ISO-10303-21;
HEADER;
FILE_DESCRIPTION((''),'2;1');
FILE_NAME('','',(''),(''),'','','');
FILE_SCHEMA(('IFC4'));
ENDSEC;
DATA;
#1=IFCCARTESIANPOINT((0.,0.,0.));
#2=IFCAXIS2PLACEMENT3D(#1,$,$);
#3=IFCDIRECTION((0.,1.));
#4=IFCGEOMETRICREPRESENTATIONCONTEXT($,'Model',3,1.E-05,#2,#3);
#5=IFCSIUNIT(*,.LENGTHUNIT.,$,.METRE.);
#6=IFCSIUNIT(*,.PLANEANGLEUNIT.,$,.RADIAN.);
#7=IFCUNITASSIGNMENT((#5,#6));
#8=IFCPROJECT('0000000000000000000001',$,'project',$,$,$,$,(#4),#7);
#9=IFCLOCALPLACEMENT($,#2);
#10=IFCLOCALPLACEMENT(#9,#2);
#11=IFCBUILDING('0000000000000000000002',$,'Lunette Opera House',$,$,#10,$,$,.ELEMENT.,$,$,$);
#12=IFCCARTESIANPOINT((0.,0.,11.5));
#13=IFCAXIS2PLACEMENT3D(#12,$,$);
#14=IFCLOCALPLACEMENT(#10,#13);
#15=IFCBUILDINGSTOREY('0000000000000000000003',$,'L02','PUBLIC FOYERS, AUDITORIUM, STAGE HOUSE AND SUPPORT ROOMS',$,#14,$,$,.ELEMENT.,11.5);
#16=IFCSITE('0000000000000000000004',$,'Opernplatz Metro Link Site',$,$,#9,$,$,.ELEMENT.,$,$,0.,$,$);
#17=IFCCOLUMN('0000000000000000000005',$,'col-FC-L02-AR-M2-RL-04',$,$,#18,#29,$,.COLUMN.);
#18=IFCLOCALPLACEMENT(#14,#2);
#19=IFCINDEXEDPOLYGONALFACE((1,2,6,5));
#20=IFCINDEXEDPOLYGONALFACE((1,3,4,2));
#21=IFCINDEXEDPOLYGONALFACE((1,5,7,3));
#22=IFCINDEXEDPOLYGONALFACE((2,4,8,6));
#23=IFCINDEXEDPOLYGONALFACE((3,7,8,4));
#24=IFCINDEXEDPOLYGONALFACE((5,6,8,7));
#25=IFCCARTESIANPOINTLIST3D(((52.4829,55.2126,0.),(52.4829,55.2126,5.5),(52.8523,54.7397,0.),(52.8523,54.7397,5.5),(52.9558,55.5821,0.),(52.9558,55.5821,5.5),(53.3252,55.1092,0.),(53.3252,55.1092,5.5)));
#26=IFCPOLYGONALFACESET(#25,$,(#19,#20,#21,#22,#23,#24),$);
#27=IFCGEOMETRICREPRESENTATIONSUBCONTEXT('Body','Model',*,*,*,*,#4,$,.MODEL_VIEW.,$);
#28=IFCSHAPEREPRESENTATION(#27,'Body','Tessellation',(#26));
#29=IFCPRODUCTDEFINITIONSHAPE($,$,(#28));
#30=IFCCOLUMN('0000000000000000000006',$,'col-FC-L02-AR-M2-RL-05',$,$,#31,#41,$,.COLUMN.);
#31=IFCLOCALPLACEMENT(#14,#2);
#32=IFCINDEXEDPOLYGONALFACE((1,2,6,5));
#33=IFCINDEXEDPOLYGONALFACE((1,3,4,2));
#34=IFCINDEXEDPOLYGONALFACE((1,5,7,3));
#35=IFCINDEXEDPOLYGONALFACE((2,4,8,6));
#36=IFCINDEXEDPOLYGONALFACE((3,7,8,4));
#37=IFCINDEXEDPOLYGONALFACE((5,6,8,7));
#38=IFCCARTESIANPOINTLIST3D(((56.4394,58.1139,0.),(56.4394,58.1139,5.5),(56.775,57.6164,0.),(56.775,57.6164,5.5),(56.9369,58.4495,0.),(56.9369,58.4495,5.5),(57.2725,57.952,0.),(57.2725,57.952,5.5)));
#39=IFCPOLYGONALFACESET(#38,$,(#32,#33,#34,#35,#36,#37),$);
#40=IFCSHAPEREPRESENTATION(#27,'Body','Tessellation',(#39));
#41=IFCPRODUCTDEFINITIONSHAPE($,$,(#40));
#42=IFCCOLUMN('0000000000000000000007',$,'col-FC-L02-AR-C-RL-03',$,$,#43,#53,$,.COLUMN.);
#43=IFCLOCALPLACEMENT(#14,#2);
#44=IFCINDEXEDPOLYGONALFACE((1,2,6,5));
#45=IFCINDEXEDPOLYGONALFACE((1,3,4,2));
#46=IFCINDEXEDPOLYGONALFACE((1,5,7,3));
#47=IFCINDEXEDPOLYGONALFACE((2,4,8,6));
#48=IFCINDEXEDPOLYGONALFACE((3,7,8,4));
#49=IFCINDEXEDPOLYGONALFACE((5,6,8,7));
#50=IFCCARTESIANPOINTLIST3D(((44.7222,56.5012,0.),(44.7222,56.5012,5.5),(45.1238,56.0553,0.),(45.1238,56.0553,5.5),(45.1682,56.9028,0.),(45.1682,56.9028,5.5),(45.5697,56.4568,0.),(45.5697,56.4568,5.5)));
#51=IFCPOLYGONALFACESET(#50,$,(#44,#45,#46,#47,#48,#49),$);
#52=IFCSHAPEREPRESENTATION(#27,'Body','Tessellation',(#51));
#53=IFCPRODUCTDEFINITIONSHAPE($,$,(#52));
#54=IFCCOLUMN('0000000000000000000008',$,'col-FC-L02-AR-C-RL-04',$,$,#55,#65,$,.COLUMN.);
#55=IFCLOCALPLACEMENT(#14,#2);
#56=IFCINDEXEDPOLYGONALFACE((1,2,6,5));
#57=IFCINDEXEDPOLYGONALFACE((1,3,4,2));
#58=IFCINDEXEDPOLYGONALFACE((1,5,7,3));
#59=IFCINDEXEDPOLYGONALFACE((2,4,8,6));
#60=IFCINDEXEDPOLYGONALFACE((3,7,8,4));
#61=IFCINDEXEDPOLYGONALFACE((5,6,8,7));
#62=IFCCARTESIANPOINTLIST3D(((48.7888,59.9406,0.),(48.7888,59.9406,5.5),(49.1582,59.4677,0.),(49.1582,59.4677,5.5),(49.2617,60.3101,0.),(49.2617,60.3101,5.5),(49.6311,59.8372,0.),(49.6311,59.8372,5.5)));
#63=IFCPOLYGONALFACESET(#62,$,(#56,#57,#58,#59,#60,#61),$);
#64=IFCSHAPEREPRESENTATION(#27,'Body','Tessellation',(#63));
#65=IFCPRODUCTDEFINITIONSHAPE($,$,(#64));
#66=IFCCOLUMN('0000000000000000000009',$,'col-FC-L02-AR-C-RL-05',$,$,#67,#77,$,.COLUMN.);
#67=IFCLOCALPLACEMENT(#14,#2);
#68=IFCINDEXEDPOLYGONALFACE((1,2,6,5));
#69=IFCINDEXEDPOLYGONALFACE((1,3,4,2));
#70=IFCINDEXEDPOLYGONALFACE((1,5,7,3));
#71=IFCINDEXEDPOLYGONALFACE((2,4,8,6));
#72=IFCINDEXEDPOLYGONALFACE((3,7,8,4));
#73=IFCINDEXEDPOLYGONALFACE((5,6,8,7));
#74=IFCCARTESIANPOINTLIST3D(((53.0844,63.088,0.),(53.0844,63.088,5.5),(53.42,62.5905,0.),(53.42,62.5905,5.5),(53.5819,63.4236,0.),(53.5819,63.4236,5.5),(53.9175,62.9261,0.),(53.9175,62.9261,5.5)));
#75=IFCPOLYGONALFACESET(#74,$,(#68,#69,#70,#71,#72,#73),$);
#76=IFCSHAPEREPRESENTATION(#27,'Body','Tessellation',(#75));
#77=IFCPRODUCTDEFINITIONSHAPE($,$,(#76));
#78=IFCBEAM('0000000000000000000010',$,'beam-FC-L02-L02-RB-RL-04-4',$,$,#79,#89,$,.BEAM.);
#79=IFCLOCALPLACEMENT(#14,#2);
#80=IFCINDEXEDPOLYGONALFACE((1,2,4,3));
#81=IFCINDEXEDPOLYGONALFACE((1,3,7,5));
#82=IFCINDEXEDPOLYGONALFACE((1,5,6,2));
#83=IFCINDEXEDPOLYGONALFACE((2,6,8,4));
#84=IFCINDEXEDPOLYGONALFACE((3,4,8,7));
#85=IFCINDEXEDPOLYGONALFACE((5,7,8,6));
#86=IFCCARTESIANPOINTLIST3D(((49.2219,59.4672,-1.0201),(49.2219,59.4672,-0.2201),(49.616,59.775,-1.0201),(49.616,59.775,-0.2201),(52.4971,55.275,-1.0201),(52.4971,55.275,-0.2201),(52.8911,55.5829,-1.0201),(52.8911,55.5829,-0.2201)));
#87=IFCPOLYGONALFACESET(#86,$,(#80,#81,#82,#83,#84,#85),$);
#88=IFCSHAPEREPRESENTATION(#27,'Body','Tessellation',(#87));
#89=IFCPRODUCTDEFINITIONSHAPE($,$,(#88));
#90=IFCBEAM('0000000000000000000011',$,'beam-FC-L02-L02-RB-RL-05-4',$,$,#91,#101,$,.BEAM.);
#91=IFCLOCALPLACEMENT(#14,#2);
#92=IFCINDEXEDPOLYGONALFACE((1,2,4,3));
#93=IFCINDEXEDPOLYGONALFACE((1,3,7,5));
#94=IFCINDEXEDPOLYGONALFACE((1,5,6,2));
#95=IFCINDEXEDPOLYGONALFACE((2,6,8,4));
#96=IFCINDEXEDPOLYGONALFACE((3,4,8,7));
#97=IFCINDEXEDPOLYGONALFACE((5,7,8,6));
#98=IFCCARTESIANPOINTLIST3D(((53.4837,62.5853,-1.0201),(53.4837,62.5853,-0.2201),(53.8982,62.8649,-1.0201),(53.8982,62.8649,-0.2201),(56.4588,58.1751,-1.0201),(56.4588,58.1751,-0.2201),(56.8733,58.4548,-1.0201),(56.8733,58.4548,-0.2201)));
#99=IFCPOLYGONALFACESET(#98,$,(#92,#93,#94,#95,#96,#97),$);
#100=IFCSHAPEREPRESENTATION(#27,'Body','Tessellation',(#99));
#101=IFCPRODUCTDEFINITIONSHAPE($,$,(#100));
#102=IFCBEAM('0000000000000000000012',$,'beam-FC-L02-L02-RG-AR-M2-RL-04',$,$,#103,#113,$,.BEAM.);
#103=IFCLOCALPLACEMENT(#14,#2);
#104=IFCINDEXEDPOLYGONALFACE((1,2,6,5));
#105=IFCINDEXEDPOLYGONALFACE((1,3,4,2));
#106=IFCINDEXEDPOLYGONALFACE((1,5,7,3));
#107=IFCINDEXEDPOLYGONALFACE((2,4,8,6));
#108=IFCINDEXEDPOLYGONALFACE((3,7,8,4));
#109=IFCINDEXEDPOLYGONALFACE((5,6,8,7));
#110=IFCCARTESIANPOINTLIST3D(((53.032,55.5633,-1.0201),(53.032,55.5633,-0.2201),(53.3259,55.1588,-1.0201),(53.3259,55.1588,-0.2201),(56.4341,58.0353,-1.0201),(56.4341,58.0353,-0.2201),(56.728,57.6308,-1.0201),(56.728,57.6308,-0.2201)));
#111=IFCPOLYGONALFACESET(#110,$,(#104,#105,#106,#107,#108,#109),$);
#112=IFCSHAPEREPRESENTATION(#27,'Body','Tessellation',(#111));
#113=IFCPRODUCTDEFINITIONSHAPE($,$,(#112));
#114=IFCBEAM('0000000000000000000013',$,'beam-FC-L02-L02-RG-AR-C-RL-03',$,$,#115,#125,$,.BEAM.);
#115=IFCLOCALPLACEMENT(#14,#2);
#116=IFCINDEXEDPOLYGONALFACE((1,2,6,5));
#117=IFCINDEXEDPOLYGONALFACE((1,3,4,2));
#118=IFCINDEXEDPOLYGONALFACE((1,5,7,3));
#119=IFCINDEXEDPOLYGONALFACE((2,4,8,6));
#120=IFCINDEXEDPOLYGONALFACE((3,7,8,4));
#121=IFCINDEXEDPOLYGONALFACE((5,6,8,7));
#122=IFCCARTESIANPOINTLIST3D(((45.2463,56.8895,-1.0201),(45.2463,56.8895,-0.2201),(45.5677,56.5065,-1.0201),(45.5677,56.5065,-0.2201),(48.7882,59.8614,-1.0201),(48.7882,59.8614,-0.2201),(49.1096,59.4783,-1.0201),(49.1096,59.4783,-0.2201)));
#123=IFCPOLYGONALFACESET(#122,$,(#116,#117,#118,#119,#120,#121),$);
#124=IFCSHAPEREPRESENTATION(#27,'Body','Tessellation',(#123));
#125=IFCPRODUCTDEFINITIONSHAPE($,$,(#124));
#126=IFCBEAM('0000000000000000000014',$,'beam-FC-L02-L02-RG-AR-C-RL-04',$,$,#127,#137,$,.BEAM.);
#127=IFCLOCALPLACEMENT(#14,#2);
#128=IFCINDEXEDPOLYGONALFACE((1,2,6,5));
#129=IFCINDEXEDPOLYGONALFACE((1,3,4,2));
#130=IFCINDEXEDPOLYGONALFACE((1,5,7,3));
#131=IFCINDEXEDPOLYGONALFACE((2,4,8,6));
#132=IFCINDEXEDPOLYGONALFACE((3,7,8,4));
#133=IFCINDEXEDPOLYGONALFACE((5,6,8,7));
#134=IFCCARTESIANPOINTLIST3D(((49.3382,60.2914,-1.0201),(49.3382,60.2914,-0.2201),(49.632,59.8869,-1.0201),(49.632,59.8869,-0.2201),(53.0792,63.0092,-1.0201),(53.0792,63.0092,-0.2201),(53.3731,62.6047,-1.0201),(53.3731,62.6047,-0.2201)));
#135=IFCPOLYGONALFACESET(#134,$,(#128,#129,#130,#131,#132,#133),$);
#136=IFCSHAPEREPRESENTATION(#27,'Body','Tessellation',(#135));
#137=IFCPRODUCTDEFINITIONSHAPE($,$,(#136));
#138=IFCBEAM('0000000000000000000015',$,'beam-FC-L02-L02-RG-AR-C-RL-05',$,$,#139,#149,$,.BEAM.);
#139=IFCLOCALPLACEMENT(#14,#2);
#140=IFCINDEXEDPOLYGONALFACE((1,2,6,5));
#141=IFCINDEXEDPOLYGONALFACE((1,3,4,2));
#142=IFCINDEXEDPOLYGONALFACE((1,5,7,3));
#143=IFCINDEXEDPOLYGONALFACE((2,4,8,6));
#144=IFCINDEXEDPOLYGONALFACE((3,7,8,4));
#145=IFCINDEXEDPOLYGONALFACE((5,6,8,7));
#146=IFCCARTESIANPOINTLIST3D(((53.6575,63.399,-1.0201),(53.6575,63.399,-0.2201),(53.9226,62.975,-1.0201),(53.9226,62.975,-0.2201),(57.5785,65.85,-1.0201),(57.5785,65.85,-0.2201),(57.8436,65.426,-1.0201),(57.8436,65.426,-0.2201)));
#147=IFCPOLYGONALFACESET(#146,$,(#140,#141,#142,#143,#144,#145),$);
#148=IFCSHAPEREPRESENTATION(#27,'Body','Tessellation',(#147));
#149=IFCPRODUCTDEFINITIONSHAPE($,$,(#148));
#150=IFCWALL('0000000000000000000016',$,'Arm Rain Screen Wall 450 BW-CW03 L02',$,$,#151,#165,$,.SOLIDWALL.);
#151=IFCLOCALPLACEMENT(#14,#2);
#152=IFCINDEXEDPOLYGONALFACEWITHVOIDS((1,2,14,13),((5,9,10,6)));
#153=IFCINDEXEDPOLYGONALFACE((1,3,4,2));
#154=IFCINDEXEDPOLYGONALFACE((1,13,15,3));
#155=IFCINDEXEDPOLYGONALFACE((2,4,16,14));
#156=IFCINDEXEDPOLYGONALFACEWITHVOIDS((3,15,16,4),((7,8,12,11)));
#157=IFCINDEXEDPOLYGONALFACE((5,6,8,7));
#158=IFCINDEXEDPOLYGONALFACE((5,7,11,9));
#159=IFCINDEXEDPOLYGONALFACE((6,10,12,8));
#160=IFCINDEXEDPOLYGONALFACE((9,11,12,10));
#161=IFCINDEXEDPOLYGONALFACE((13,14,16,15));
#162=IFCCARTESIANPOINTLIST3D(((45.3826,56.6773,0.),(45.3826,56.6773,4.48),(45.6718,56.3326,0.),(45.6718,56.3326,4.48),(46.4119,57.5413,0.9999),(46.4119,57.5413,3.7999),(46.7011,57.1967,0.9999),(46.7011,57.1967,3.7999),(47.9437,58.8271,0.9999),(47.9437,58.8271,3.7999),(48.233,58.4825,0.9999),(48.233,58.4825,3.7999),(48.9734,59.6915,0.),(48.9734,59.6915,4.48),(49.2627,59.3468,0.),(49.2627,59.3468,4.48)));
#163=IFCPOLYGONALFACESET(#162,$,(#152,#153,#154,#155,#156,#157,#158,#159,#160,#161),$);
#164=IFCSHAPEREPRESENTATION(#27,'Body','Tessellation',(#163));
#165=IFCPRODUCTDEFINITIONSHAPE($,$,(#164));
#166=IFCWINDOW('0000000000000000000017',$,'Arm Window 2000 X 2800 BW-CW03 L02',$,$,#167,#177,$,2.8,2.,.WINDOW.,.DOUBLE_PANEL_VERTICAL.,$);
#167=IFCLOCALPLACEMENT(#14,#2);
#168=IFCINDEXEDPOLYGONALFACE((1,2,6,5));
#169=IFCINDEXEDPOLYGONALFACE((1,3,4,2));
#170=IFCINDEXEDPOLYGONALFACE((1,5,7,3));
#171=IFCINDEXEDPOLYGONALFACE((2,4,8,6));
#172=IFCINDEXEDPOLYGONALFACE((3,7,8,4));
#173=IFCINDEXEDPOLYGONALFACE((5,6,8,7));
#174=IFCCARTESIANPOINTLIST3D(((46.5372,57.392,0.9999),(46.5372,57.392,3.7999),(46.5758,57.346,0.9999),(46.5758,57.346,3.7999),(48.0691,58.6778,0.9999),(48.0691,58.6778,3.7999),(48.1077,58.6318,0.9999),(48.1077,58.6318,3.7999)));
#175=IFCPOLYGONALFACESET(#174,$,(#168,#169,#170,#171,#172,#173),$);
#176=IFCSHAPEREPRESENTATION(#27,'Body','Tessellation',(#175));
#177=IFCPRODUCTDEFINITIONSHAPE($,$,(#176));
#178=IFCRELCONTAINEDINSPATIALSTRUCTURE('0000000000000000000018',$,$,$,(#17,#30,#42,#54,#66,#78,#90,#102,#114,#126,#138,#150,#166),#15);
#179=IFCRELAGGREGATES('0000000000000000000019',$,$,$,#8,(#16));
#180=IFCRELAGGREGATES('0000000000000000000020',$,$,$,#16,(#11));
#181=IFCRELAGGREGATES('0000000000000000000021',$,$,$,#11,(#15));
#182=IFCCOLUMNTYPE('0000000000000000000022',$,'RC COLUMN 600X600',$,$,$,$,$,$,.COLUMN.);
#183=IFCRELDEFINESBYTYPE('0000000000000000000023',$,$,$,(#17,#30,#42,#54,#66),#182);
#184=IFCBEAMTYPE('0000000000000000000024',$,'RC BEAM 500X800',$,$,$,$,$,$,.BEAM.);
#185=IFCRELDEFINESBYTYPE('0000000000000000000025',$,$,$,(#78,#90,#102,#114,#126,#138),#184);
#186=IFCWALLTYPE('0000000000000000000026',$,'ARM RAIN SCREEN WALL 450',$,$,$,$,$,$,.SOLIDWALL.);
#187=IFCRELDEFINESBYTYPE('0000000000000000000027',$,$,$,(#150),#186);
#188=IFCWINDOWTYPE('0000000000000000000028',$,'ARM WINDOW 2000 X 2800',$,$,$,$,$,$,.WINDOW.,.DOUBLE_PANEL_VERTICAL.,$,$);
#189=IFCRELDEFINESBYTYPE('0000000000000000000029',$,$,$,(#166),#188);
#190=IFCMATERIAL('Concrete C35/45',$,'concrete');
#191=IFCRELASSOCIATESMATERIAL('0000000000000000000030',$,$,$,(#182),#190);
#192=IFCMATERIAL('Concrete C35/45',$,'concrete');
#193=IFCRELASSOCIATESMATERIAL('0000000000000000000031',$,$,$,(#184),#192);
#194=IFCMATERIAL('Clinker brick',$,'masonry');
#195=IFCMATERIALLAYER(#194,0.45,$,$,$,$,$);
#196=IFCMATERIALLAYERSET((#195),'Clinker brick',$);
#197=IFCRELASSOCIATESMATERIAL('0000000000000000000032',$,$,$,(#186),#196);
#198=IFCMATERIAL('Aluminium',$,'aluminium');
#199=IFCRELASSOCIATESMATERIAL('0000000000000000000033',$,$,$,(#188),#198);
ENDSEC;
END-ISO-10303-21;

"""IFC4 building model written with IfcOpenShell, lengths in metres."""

from ifc_helpers import new_model, si_unit, direction, frame, frame_2d, origin, origin_2d, place, context, subcontext, project, spatial, rectangle, extrude, material, layer, layer_set, material_profile, profile_set, type_object, element, fill, save


model = new_model("IFC4")

# Units and contexts
model_context = context("Model", 3, precision=1e-05, world=origin(), true_north=direction((0.0, 1.0)))
body_context = subcontext(model_context, "Body", "Model", "MODEL_VIEW")
ifc_project = project(units=[si_unit("LENGTHUNIT", "METRE"), si_unit("PLANEANGLEUNIT", "RADIAN")], contexts=[model_context])

# Site, building, storey
site_placement = place(None, origin())
site = spatial("IfcSite", under=ifc_project, at=site_placement, Name="Opernplatz Metro Link Site", CompositionType="ELEMENT", RefElevation=0.0)
building_placement = place(site_placement, origin())
building = spatial("IfcBuilding", under=site, at=building_placement, Name="Lunette Opera House", CompositionType="ELEMENT")
storey_placement = place(building_placement, frame((0.0, 0.0, 11.5)))
storey = spatial("IfcBuildingStorey", under=building, at=storey_placement, Name="L02", Description="PUBLIC FOYERS, AUDITORIUM, STAGE HOUSE AND SUPPORT ROOMS", CompositionType="ELEMENT", Elevation=11.5)

# Columns
ifc_material_1 = material(Name="Concrete C35/45", Category="concrete")
ifc_material_profile_1 = material_profile(ifc_material_1, rectangle(XDim=0.6001, YDim=0.6001, at=origin_2d()), Name="RC COLUMN 600X600")
ifc_profile_set_1 = profile_set([ifc_material_profile_1], Name="Concrete C35/45")
column_type = type_object("IfcColumnType", Name="RC COLUMN 600X600", PredefinedType="COLUMN", material=ifc_profile_set_1)
for number, where, z_axis, x_axis, name in (
    (1, (52.9041, 55.1609, 0.0), (0.0, 0.0, 1.0), (0.788011, 0.615661, 0.0), "col-FC-L02-AR-M2-RL-04"),
    (2, (56.856, 58.033, 0.0), (0.0, 0.0, 1.0), (0.829038, 0.559193, 0.0), "col-FC-L02-AR-M2-RL-05"),
    (3, (45.146, 56.479, 0.0), (0.0, 0.0, 1.0), (0.743145, 0.669131, 0.0), "col-FC-L02-AR-C-RL-03"),
    (4, (49.21, 59.8889, 0.0), (0.0, 0.0, 1.0), (0.788011, 0.615661, 0.0), "col-FC-L02-AR-C-RL-04"),
    (5, (53.501, 63.0071, 0.0), (0.0, 0.0, 1.0), (0.829038, 0.559193, 0.0), "col-FC-L02-AR-C-RL-05"),
):
    element("IfcColumn", number, at=place(storey_placement, frame(where, z_axis=z_axis, x_axis=x_axis)), inside=storey, type_object=column_type, Name=name, PredefinedType="COLUMN", context=body_context, shape_type="SweptSolid", body=[
        extrude(rectangle(XDim=0.6001, YDim=0.6001, at=origin_2d()), origin(), (0.0, 0.0, 1.0), 5.5),
    ])

# Beams
ifc_material_2 = material(Name="Concrete C35/45", Category="concrete")
ifc_material_profile_2 = material_profile(ifc_material_2, rectangle(XDim=0.5, YDim=0.8, at=origin_2d()), Name="RC BEAM 500X800")
ifc_profile_set_2 = profile_set([ifc_material_profile_2], Name="Concrete C35/45")
beam_type = type_object("IfcBeamType", Name="RC BEAM 500X800", PredefinedType="BEAM", material=ifc_profile_set_2)
for number, where, z_axis, x_axis, name in (
    (6, (52.6941, 55.429, -0.6201), (-0.615648, 0.788021, 0.0), (-0.788021, -0.615648, 0.0), "beam-FC-L02-L02-RB-RL-04-4"),
    (7, (56.666, 58.3149, -0.6201), (-0.559246, 0.829002, 0.0), (-0.829002, -0.559246, 0.0), "beam-FC-L02-L02-RB-RL-05-4"),
):
    element("IfcBeam", number, at=place(storey_placement, frame(where, z_axis=z_axis, x_axis=x_axis)), inside=storey, type_object=beam_type, Name=name, PredefinedType="BEAM", context=body_context, shape_type="SweptSolid", body=[
        extrude(rectangle(XDim=0.5, YDim=0.8, at=origin_2d()), origin(), (0.0, 0.0, 1.0), 5.3198),
    ])
beam_1_placement = place(storey_placement, frame((53.179, 55.3611, -0.6201), z_axis=(0.809, 0.587809, 0.0), x_axis=(-0.587809, 0.809, 0.0)))
element("IfcBeam", 8, at=beam_1_placement, inside=storey, type_object=beam_type, Name="beam-FC-L02-L02-RG-AR-M2-RL-04", PredefinedType="BEAM", context=body_context, shape_type="SweptSolid", body=[
    extrude(rectangle(XDim=0.5, YDim=0.8, at=origin_2d()), origin(), (0.0, 0.0, 1.0), 4.2053),
])
beam_2_placement = place(storey_placement, frame((45.407, 56.698, -0.6201), z_axis=(0.766062, 0.642767, 0.0), x_axis=(-0.642767, 0.766062, 0.0)))
element("IfcBeam", 9, at=beam_2_placement, inside=storey, type_object=beam_type, Name="beam-FC-L02-L02-RG-AR-C-RL-03", PredefinedType="BEAM", context=body_context, shape_type="SweptSolid", body=[
    extrude(rectangle(XDim=0.5, YDim=0.8, at=origin_2d()), origin(), (0.0, 0.0, 1.0), 4.6235),
])
for number, where, z_axis, x_axis, name in (
    (10, (49.4851, 60.0891, -0.6201), (0.809037, 0.587757, 0.0), (-0.587757, 0.809037, 0.0), "beam-FC-L02-L02-RG-AR-C-RL-04"),
    (11, (53.79, 63.187, -0.6201), (0.847963, 0.530056, 0.0), (-0.530056, 0.847963, 0.0), "beam-FC-L02-L02-RG-AR-C-RL-05"),
):
    element("IfcBeam", number, at=place(storey_placement, frame(where, z_axis=z_axis, x_axis=x_axis)), inside=storey, type_object=beam_type, Name=name, PredefinedType="BEAM", context=body_context, shape_type="SweptSolid", body=[
        extrude(rectangle(XDim=0.5, YDim=0.8, at=origin_2d()), origin(), (0.0, 0.0, 1.0), 4.624),
    ])

# Wall, opening, window
ifc_material_3 = material(Name="Clinker brick", Category="masonry")
ifc_layer_1 = layer(ifc_material_3, 0.45)
ifc_layer_set_1 = layer_set([ifc_layer_1], Name="Clinker brick")
wall_type_1 = type_object("IfcWallType", Name="ARM RAIN SCREEN WALL 450", PredefinedType="SOLIDWALL", material=ifc_layer_set_1)
wall_1_placement = place(storey_placement, frame((45.5271, 56.5049, 0.0), z_axis=(0.0, 0.0, 1.0), x_axis=(0.765928, 0.642926, 0.0)))
wall_1 = element("IfcWall", 12, at=wall_1_placement, inside=storey, type_object=wall_type_1, Name="Arm Rain Screen Wall 450 BW-CW03 L02", PredefinedType="SOLIDWALL", context=body_context, shape_type="SweptSolid", body=[
    extrude(rectangle(XDim=4.6882, YDim=0.45, at=frame_2d((2.3442, 0.0))), origin(), (0.0, 0.0, 1.0), 4.48),
])
opening_1_placement = place(wall_1_placement, frame((1.344, 0.0, 1.0)))
opening_1 = element("IfcOpeningElement", 13, at=opening_1_placement, cuts=wall_1, PredefinedType="OPENING", context=body_context, shape_type="SweptSolid", body=[
    extrude(rectangle(XDim=2.0, YDim=2.8, at=frame_2d((1.0, 1.3999))), frame((0.0, 0.2371, 0.0), z_axis=(0.0, -1.0, 0.0), x_axis=(1.0, 0.0, 0.0)), (0.0, 0.0, 1.0), 0.4739),
])
ifc_material_4 = material(Name="Aluminium", Category="aluminium")
window_type = type_object("IfcWindowType", Name="ARM WINDOW 2000 X 2800", PartitioningType="DOUBLE_PANEL_VERTICAL", PredefinedType="WINDOW", material=ifc_material_4)
window_1_placement = place(opening_1_placement, origin())
window_1 = element("IfcWindow", 14, at=window_1_placement, inside=storey, type_object=window_type, Name="Arm Window 2000 X 2800 BW-CW03 L02", OverallHeight=2.8, OverallWidth=2.0, PartitioningType="DOUBLE_PANEL_VERTICAL", PredefinedType="WINDOW", context=body_context, shape_type="SweptSolid", body=[
    extrude(rectangle(XDim=2.0, YDim=2.8, at=frame_2d((1.0, 1.3999))), frame((0.0, 0.03, 0.0), z_axis=(0.0, -1.0, 0.0), x_axis=(1.0, 0.0, 0.0)), (0.0, 0.0, 1.0), 0.0601),
])
fill(opening_1, window_1)

save(model, "model.ifc")
